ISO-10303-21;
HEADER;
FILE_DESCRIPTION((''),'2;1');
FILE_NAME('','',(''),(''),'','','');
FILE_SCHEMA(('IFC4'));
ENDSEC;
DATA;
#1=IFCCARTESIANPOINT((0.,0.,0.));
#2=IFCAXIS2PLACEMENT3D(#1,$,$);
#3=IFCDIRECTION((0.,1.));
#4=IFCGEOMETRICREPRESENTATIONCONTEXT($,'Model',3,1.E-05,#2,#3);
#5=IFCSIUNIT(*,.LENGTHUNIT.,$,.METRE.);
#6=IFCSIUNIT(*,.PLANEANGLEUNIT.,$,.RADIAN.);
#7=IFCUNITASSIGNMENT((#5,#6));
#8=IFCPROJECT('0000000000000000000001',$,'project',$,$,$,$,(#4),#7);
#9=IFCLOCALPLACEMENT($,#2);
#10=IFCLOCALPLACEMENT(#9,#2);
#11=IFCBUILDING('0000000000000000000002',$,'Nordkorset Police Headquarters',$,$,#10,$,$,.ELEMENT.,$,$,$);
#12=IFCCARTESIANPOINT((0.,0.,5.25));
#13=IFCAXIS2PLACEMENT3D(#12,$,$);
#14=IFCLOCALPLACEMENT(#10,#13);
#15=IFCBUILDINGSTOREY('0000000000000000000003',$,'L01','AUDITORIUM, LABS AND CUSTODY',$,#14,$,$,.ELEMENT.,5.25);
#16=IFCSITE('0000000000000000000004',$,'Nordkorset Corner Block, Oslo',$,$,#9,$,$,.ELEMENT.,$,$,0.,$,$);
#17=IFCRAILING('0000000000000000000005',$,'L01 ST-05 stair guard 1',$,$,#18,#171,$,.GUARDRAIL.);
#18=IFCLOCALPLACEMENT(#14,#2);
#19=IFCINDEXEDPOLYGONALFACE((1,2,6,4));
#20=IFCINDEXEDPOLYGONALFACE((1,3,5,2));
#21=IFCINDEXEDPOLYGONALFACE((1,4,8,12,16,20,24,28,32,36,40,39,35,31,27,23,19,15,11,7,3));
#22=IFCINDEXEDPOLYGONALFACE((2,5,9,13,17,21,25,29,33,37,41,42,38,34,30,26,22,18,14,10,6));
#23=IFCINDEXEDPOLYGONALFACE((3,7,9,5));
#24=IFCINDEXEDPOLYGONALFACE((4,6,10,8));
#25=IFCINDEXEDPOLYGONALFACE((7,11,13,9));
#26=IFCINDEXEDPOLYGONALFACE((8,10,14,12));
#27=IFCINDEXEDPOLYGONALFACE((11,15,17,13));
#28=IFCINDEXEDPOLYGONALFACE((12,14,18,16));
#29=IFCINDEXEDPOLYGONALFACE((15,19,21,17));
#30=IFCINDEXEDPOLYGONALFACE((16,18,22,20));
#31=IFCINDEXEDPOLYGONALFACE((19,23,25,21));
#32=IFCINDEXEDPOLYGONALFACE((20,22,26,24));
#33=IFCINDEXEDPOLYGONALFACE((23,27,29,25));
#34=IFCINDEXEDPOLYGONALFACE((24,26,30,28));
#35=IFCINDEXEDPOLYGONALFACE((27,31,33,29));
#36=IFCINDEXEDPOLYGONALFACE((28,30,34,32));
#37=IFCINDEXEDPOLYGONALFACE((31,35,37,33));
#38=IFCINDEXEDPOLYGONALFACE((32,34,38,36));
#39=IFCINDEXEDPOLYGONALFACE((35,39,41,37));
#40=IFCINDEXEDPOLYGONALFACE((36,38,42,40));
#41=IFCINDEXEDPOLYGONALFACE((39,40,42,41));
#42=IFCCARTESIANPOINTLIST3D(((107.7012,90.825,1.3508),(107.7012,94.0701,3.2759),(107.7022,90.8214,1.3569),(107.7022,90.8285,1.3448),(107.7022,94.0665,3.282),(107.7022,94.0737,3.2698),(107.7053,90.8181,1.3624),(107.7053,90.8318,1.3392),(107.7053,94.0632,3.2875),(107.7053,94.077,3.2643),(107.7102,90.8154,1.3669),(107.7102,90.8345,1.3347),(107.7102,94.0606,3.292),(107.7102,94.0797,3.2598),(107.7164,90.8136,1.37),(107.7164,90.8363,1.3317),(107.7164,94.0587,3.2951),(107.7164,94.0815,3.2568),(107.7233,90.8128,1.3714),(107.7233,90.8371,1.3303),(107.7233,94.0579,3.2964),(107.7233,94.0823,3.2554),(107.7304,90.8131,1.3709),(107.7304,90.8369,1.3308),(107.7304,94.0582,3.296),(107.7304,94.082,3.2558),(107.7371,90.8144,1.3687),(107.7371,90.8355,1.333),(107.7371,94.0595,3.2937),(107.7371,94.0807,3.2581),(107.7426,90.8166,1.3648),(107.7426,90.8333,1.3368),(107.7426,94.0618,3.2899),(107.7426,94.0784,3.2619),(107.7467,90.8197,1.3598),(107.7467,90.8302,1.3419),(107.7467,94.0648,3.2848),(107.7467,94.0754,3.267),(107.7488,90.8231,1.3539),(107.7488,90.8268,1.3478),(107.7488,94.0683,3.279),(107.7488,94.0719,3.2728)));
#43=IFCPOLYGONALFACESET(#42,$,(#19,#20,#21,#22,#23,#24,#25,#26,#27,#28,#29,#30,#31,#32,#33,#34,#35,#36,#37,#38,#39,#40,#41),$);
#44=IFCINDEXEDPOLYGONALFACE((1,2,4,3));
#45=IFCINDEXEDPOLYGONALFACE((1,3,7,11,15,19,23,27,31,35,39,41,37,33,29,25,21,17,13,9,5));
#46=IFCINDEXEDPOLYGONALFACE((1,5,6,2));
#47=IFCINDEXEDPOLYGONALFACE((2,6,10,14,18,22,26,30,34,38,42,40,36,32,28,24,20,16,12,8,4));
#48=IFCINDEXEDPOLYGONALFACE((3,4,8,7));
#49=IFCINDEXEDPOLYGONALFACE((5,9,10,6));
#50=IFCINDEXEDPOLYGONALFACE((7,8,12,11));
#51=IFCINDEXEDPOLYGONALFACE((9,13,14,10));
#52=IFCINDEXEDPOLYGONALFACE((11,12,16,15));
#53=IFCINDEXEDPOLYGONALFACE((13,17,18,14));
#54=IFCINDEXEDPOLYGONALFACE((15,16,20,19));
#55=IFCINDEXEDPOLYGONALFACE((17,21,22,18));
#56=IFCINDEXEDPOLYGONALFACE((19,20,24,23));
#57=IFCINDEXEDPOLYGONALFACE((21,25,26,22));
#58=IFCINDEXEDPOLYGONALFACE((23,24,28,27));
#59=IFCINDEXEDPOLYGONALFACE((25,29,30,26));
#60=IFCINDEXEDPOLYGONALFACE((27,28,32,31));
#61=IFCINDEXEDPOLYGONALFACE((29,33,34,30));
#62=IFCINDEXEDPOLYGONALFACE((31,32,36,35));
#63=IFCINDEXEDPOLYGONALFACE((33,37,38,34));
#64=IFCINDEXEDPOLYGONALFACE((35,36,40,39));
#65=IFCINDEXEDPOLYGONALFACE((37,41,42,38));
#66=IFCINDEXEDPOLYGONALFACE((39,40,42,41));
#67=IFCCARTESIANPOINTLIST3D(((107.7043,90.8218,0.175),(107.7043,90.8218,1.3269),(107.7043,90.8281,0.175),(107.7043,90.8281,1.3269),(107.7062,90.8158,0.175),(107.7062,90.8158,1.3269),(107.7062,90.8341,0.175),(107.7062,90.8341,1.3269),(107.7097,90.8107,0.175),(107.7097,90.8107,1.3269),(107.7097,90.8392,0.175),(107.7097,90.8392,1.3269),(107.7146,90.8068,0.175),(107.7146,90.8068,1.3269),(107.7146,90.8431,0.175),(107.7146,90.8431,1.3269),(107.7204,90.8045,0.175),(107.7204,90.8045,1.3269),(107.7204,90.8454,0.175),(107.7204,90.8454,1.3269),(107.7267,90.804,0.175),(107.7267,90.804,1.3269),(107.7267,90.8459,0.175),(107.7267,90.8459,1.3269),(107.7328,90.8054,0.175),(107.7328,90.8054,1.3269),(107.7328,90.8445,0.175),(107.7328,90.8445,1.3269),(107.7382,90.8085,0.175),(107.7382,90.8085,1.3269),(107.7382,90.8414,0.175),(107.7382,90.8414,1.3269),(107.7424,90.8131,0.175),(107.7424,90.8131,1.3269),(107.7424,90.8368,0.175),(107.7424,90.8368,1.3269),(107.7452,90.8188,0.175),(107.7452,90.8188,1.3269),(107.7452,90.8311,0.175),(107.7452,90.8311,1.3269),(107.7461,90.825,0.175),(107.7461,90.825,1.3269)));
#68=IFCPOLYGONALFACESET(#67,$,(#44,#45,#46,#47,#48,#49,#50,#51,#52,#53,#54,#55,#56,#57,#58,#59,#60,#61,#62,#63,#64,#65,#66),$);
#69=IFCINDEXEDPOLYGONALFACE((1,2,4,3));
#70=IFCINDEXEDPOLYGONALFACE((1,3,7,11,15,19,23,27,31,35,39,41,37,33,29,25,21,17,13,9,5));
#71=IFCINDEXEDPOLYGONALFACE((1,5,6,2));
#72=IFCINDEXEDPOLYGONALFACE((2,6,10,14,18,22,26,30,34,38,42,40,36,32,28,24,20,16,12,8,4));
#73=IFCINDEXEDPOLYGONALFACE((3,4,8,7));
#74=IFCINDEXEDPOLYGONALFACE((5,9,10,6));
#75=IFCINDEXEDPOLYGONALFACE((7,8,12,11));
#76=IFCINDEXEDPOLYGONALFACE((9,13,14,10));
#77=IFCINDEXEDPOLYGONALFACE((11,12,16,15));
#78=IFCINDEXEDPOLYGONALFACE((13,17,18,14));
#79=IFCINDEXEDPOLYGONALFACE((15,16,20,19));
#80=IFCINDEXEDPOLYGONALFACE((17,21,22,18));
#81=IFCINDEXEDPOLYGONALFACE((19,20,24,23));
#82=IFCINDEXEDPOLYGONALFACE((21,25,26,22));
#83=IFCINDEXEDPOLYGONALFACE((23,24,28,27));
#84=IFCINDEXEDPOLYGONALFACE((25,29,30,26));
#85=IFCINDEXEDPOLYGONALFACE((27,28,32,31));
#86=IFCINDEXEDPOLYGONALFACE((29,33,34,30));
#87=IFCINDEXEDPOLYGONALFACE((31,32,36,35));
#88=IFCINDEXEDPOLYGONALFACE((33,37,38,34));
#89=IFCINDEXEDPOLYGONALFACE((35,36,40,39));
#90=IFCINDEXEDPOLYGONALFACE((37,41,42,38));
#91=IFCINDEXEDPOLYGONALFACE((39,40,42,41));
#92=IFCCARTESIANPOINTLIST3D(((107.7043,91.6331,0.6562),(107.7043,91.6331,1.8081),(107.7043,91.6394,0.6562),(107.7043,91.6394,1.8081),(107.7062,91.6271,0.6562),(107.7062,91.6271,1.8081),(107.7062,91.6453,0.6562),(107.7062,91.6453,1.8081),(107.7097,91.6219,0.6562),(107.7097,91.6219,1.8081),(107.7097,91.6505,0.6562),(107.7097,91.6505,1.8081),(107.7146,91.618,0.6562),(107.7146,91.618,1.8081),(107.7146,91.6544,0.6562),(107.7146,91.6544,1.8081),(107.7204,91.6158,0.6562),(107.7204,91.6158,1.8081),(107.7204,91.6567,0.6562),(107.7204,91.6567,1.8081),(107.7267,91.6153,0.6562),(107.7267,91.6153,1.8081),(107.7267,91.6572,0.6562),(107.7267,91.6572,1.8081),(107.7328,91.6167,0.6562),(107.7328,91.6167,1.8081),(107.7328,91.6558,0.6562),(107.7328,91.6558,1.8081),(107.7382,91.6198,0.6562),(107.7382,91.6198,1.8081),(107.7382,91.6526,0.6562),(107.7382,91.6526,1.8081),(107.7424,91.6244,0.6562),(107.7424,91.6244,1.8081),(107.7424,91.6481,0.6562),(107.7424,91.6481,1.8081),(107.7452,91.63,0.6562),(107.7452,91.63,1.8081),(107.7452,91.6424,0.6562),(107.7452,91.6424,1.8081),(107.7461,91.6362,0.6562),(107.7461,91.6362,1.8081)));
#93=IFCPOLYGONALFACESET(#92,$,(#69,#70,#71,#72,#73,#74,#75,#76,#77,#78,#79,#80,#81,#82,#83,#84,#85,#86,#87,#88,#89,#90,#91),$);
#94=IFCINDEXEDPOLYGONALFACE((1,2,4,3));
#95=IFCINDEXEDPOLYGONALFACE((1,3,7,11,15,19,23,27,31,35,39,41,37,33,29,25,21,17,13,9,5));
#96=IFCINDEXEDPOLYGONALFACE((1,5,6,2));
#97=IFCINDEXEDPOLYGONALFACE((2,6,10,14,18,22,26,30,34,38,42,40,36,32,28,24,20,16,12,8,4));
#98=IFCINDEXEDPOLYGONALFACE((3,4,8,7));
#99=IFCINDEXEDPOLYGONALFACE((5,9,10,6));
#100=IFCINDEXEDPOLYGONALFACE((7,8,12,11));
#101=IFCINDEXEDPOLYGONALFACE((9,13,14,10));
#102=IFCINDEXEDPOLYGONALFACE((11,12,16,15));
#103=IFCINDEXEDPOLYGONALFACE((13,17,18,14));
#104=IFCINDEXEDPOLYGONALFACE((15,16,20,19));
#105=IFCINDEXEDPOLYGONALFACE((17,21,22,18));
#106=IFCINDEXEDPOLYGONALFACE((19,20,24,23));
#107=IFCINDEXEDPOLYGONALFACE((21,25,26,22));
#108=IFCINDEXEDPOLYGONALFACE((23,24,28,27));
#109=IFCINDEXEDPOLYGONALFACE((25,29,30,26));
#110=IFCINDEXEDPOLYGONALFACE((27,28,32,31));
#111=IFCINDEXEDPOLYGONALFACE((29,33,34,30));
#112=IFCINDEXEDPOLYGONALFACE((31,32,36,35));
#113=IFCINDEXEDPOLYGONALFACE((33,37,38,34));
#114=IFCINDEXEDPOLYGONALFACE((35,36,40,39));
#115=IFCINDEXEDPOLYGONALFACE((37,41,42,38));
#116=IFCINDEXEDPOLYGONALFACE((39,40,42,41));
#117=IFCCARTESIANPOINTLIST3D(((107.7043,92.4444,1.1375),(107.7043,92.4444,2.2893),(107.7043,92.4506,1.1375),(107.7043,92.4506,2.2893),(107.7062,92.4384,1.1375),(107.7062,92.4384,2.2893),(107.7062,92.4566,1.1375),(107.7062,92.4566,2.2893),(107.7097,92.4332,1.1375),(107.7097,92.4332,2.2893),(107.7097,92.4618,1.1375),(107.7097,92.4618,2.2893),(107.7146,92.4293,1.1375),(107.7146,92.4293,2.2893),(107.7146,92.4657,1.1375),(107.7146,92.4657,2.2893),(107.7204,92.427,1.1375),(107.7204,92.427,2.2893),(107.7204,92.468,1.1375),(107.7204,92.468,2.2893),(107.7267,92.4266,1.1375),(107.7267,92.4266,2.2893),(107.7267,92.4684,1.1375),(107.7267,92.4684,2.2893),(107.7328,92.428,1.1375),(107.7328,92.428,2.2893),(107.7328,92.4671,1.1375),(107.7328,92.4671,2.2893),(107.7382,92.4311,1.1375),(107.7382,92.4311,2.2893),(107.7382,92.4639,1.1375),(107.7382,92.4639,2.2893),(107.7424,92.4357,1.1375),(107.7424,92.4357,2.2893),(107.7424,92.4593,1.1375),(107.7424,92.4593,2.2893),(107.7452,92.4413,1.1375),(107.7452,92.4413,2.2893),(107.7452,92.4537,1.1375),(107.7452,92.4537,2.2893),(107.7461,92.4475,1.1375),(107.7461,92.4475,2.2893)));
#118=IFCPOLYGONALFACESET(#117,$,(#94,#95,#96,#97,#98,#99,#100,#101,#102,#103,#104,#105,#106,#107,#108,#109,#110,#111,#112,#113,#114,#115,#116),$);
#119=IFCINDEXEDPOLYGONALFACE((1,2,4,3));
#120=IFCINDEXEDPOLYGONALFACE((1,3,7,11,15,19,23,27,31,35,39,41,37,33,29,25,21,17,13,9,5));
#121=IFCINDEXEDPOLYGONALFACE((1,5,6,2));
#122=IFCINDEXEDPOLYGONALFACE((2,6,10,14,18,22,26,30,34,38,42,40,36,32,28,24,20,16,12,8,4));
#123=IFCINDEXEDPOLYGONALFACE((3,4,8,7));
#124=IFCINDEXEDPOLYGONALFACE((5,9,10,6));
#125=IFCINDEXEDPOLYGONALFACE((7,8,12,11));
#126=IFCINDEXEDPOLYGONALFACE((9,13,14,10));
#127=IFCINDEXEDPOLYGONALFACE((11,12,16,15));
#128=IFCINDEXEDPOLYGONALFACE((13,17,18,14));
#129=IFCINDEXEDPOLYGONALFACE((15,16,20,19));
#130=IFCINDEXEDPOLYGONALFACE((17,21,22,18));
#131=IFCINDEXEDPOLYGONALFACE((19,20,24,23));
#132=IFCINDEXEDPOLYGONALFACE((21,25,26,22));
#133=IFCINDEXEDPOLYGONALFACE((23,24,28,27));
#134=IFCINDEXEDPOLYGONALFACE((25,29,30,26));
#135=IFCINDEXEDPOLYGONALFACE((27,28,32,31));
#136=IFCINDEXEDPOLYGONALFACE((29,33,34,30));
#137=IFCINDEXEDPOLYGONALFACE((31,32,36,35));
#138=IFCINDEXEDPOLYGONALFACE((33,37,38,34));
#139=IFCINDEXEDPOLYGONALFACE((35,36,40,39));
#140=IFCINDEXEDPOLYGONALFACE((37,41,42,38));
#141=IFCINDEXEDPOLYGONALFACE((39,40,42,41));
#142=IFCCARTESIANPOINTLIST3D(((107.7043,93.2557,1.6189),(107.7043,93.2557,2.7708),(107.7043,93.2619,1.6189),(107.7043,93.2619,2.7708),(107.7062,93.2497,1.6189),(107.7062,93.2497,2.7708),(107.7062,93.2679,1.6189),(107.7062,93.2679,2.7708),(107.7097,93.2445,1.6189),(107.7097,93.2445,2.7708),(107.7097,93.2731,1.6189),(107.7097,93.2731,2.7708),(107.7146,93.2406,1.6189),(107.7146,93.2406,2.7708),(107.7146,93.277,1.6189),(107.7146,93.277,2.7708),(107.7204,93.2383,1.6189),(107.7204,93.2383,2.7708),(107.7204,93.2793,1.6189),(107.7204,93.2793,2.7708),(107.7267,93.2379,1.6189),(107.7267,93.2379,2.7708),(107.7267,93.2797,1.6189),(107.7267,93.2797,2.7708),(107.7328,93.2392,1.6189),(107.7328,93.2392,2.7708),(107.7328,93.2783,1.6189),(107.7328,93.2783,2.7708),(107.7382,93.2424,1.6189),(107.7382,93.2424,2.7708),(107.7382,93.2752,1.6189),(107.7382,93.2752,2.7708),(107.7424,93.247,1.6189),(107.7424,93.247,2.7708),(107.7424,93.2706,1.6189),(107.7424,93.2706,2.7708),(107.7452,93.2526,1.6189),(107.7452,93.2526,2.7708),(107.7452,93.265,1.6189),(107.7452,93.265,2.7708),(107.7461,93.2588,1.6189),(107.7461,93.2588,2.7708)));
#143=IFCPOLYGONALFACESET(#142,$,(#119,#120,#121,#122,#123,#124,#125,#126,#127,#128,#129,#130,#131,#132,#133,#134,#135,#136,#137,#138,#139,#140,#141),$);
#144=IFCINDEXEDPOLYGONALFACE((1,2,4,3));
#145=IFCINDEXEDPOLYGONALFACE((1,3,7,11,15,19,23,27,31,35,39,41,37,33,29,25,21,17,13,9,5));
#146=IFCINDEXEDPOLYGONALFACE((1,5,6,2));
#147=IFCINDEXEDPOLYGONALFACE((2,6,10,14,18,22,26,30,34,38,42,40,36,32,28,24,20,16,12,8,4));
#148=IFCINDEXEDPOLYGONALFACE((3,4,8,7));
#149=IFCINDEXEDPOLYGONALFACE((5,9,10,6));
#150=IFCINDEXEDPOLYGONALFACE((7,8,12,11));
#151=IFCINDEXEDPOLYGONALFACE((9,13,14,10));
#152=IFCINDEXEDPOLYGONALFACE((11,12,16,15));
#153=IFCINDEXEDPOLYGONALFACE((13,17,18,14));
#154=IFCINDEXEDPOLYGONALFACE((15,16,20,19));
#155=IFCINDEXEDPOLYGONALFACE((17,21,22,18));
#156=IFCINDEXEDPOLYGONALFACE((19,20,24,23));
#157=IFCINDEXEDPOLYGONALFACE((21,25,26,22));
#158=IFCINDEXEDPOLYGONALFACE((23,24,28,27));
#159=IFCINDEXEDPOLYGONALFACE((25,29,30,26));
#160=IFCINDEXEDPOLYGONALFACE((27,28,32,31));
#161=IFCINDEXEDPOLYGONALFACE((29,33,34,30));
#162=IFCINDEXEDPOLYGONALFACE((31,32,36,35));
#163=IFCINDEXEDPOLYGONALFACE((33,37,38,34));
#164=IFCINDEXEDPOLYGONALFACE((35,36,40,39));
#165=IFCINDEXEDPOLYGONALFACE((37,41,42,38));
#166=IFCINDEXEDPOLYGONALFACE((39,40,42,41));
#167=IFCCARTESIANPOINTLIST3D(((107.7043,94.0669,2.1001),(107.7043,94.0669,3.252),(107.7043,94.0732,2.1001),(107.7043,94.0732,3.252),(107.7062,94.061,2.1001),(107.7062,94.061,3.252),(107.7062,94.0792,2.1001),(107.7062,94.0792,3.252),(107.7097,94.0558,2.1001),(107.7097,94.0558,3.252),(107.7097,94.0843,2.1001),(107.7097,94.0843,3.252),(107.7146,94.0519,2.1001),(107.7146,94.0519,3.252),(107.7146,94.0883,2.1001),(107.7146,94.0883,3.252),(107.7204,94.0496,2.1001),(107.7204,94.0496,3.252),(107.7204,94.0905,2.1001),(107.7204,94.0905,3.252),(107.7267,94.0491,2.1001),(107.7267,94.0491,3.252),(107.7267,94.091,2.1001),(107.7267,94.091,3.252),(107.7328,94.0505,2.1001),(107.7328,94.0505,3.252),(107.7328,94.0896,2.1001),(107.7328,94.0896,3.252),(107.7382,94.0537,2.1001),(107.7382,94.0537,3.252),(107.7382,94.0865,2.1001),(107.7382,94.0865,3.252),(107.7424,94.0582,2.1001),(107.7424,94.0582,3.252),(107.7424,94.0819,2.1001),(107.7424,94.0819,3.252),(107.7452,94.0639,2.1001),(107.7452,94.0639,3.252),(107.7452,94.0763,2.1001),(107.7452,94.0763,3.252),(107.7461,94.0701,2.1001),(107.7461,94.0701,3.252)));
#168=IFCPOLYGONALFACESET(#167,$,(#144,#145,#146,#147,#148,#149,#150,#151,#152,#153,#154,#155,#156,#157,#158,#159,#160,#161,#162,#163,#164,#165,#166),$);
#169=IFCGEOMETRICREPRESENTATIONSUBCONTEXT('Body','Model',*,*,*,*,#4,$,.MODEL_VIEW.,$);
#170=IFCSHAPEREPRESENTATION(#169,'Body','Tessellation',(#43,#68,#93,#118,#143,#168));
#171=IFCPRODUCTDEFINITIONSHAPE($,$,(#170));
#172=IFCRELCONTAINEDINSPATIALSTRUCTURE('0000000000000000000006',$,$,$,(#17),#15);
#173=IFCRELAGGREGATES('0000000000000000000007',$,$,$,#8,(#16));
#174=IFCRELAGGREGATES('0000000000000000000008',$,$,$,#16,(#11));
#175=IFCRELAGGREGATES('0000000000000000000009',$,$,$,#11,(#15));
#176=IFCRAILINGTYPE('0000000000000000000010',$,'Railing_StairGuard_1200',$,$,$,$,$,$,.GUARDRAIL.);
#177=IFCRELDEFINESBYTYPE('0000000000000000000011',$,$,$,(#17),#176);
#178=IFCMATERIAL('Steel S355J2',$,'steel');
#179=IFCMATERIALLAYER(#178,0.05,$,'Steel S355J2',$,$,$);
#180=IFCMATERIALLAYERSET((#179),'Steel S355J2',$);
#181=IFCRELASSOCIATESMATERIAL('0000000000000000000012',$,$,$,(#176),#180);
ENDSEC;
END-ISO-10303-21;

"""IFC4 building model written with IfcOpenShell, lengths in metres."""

from ifc_helpers import new_model, si_unit, direction, frame, origin, origin_2d, place, context, subcontext, project, spatial, circle, extrude, material, layer, layer_set, type_object, element, save


model = new_model("IFC4")

# Units and contexts
model_context = context("Model", 3, precision=1e-05, world=origin(), true_north=direction((0.0, 1.0)))
body_context = subcontext(model_context, "Body", "Model", "MODEL_VIEW")
ifc_project = project(units=[si_unit("LENGTHUNIT", "METRE"), si_unit("PLANEANGLEUNIT", "RADIAN")], contexts=[model_context])

# Site, building, storey
site_placement = place(None, origin())
site = spatial("IfcSite", under=ifc_project, at=site_placement, Name="Nordkorset Corner Block, Oslo", CompositionType="ELEMENT", RefElevation=0.0)
building_placement = place(site_placement, origin())
building = spatial("IfcBuilding", under=site, at=building_placement, Name="Nordkorset Police Headquarters", CompositionType="ELEMENT")
storey_placement = place(building_placement, frame((0.0, 0.0, 5.25)))
storey = spatial("IfcBuildingStorey", under=building, at=storey_placement, Name="L01", Description="AUDITORIUM, LABS AND CUSTODY", CompositionType="ELEMENT", Elevation=5.25)

# Railing
ifc_material_1 = material(Name="Steel S355J2", Category="steel")
ifc_layer_1 = layer(ifc_material_1, 0.05, Name="Steel S355J2")
ifc_layer_set_1 = layer_set([ifc_layer_1], Name="Steel S355J2")
railing_type_1 = type_object("IfcRailingType", Name="Railing_StairGuard_1200", PredefinedType="GUARDRAIL", material=ifc_layer_set_1)
railing_1_placement = place(storey_placement, frame((107.7251, 90.825, 0.175)))
element("IfcRailing", 1, at=railing_1_placement, inside=storey, type_object=railing_type_1, Name="L01 ST-05 stair guard 1", PredefinedType="GUARDRAIL", context=body_context, shape_type="SweptSolid", body=[
    extrude(circle(Radius=0.0239, at=origin_2d()), frame((0.0, 0.0, 1.1758), z_axis=(0.0, 0.860057, 0.510198), x_axis=(-1.0, 0.0, 0.0)), (0.0, 0.0, 1.0), 3.7732),
    extrude(circle(Radius=0.021, at=origin_2d()), origin(), (0.0, 0.0, 1.0), 1.1519),
    extrude(circle(Radius=0.021, at=origin_2d()), frame((0.0, 0.8113, 0.4812)), (0.0, 0.0, 1.0), 1.1519),
    extrude(circle(Radius=0.021, at=origin_2d()), frame((0.0, 1.6226, 0.9624)), (0.0, 0.0, 1.0), 1.1519),
    extrude(circle(Radius=0.021, at=origin_2d()), frame((0.0, 2.4338, 1.4438)), (0.0, 0.0, 1.0), 1.1519),
    extrude(circle(Radius=0.021, at=origin_2d()), frame((0.0, 3.2451, 1.925)), (0.0, 0.0, 1.0), 1.1519),
])

save(model, "model.ifc")
